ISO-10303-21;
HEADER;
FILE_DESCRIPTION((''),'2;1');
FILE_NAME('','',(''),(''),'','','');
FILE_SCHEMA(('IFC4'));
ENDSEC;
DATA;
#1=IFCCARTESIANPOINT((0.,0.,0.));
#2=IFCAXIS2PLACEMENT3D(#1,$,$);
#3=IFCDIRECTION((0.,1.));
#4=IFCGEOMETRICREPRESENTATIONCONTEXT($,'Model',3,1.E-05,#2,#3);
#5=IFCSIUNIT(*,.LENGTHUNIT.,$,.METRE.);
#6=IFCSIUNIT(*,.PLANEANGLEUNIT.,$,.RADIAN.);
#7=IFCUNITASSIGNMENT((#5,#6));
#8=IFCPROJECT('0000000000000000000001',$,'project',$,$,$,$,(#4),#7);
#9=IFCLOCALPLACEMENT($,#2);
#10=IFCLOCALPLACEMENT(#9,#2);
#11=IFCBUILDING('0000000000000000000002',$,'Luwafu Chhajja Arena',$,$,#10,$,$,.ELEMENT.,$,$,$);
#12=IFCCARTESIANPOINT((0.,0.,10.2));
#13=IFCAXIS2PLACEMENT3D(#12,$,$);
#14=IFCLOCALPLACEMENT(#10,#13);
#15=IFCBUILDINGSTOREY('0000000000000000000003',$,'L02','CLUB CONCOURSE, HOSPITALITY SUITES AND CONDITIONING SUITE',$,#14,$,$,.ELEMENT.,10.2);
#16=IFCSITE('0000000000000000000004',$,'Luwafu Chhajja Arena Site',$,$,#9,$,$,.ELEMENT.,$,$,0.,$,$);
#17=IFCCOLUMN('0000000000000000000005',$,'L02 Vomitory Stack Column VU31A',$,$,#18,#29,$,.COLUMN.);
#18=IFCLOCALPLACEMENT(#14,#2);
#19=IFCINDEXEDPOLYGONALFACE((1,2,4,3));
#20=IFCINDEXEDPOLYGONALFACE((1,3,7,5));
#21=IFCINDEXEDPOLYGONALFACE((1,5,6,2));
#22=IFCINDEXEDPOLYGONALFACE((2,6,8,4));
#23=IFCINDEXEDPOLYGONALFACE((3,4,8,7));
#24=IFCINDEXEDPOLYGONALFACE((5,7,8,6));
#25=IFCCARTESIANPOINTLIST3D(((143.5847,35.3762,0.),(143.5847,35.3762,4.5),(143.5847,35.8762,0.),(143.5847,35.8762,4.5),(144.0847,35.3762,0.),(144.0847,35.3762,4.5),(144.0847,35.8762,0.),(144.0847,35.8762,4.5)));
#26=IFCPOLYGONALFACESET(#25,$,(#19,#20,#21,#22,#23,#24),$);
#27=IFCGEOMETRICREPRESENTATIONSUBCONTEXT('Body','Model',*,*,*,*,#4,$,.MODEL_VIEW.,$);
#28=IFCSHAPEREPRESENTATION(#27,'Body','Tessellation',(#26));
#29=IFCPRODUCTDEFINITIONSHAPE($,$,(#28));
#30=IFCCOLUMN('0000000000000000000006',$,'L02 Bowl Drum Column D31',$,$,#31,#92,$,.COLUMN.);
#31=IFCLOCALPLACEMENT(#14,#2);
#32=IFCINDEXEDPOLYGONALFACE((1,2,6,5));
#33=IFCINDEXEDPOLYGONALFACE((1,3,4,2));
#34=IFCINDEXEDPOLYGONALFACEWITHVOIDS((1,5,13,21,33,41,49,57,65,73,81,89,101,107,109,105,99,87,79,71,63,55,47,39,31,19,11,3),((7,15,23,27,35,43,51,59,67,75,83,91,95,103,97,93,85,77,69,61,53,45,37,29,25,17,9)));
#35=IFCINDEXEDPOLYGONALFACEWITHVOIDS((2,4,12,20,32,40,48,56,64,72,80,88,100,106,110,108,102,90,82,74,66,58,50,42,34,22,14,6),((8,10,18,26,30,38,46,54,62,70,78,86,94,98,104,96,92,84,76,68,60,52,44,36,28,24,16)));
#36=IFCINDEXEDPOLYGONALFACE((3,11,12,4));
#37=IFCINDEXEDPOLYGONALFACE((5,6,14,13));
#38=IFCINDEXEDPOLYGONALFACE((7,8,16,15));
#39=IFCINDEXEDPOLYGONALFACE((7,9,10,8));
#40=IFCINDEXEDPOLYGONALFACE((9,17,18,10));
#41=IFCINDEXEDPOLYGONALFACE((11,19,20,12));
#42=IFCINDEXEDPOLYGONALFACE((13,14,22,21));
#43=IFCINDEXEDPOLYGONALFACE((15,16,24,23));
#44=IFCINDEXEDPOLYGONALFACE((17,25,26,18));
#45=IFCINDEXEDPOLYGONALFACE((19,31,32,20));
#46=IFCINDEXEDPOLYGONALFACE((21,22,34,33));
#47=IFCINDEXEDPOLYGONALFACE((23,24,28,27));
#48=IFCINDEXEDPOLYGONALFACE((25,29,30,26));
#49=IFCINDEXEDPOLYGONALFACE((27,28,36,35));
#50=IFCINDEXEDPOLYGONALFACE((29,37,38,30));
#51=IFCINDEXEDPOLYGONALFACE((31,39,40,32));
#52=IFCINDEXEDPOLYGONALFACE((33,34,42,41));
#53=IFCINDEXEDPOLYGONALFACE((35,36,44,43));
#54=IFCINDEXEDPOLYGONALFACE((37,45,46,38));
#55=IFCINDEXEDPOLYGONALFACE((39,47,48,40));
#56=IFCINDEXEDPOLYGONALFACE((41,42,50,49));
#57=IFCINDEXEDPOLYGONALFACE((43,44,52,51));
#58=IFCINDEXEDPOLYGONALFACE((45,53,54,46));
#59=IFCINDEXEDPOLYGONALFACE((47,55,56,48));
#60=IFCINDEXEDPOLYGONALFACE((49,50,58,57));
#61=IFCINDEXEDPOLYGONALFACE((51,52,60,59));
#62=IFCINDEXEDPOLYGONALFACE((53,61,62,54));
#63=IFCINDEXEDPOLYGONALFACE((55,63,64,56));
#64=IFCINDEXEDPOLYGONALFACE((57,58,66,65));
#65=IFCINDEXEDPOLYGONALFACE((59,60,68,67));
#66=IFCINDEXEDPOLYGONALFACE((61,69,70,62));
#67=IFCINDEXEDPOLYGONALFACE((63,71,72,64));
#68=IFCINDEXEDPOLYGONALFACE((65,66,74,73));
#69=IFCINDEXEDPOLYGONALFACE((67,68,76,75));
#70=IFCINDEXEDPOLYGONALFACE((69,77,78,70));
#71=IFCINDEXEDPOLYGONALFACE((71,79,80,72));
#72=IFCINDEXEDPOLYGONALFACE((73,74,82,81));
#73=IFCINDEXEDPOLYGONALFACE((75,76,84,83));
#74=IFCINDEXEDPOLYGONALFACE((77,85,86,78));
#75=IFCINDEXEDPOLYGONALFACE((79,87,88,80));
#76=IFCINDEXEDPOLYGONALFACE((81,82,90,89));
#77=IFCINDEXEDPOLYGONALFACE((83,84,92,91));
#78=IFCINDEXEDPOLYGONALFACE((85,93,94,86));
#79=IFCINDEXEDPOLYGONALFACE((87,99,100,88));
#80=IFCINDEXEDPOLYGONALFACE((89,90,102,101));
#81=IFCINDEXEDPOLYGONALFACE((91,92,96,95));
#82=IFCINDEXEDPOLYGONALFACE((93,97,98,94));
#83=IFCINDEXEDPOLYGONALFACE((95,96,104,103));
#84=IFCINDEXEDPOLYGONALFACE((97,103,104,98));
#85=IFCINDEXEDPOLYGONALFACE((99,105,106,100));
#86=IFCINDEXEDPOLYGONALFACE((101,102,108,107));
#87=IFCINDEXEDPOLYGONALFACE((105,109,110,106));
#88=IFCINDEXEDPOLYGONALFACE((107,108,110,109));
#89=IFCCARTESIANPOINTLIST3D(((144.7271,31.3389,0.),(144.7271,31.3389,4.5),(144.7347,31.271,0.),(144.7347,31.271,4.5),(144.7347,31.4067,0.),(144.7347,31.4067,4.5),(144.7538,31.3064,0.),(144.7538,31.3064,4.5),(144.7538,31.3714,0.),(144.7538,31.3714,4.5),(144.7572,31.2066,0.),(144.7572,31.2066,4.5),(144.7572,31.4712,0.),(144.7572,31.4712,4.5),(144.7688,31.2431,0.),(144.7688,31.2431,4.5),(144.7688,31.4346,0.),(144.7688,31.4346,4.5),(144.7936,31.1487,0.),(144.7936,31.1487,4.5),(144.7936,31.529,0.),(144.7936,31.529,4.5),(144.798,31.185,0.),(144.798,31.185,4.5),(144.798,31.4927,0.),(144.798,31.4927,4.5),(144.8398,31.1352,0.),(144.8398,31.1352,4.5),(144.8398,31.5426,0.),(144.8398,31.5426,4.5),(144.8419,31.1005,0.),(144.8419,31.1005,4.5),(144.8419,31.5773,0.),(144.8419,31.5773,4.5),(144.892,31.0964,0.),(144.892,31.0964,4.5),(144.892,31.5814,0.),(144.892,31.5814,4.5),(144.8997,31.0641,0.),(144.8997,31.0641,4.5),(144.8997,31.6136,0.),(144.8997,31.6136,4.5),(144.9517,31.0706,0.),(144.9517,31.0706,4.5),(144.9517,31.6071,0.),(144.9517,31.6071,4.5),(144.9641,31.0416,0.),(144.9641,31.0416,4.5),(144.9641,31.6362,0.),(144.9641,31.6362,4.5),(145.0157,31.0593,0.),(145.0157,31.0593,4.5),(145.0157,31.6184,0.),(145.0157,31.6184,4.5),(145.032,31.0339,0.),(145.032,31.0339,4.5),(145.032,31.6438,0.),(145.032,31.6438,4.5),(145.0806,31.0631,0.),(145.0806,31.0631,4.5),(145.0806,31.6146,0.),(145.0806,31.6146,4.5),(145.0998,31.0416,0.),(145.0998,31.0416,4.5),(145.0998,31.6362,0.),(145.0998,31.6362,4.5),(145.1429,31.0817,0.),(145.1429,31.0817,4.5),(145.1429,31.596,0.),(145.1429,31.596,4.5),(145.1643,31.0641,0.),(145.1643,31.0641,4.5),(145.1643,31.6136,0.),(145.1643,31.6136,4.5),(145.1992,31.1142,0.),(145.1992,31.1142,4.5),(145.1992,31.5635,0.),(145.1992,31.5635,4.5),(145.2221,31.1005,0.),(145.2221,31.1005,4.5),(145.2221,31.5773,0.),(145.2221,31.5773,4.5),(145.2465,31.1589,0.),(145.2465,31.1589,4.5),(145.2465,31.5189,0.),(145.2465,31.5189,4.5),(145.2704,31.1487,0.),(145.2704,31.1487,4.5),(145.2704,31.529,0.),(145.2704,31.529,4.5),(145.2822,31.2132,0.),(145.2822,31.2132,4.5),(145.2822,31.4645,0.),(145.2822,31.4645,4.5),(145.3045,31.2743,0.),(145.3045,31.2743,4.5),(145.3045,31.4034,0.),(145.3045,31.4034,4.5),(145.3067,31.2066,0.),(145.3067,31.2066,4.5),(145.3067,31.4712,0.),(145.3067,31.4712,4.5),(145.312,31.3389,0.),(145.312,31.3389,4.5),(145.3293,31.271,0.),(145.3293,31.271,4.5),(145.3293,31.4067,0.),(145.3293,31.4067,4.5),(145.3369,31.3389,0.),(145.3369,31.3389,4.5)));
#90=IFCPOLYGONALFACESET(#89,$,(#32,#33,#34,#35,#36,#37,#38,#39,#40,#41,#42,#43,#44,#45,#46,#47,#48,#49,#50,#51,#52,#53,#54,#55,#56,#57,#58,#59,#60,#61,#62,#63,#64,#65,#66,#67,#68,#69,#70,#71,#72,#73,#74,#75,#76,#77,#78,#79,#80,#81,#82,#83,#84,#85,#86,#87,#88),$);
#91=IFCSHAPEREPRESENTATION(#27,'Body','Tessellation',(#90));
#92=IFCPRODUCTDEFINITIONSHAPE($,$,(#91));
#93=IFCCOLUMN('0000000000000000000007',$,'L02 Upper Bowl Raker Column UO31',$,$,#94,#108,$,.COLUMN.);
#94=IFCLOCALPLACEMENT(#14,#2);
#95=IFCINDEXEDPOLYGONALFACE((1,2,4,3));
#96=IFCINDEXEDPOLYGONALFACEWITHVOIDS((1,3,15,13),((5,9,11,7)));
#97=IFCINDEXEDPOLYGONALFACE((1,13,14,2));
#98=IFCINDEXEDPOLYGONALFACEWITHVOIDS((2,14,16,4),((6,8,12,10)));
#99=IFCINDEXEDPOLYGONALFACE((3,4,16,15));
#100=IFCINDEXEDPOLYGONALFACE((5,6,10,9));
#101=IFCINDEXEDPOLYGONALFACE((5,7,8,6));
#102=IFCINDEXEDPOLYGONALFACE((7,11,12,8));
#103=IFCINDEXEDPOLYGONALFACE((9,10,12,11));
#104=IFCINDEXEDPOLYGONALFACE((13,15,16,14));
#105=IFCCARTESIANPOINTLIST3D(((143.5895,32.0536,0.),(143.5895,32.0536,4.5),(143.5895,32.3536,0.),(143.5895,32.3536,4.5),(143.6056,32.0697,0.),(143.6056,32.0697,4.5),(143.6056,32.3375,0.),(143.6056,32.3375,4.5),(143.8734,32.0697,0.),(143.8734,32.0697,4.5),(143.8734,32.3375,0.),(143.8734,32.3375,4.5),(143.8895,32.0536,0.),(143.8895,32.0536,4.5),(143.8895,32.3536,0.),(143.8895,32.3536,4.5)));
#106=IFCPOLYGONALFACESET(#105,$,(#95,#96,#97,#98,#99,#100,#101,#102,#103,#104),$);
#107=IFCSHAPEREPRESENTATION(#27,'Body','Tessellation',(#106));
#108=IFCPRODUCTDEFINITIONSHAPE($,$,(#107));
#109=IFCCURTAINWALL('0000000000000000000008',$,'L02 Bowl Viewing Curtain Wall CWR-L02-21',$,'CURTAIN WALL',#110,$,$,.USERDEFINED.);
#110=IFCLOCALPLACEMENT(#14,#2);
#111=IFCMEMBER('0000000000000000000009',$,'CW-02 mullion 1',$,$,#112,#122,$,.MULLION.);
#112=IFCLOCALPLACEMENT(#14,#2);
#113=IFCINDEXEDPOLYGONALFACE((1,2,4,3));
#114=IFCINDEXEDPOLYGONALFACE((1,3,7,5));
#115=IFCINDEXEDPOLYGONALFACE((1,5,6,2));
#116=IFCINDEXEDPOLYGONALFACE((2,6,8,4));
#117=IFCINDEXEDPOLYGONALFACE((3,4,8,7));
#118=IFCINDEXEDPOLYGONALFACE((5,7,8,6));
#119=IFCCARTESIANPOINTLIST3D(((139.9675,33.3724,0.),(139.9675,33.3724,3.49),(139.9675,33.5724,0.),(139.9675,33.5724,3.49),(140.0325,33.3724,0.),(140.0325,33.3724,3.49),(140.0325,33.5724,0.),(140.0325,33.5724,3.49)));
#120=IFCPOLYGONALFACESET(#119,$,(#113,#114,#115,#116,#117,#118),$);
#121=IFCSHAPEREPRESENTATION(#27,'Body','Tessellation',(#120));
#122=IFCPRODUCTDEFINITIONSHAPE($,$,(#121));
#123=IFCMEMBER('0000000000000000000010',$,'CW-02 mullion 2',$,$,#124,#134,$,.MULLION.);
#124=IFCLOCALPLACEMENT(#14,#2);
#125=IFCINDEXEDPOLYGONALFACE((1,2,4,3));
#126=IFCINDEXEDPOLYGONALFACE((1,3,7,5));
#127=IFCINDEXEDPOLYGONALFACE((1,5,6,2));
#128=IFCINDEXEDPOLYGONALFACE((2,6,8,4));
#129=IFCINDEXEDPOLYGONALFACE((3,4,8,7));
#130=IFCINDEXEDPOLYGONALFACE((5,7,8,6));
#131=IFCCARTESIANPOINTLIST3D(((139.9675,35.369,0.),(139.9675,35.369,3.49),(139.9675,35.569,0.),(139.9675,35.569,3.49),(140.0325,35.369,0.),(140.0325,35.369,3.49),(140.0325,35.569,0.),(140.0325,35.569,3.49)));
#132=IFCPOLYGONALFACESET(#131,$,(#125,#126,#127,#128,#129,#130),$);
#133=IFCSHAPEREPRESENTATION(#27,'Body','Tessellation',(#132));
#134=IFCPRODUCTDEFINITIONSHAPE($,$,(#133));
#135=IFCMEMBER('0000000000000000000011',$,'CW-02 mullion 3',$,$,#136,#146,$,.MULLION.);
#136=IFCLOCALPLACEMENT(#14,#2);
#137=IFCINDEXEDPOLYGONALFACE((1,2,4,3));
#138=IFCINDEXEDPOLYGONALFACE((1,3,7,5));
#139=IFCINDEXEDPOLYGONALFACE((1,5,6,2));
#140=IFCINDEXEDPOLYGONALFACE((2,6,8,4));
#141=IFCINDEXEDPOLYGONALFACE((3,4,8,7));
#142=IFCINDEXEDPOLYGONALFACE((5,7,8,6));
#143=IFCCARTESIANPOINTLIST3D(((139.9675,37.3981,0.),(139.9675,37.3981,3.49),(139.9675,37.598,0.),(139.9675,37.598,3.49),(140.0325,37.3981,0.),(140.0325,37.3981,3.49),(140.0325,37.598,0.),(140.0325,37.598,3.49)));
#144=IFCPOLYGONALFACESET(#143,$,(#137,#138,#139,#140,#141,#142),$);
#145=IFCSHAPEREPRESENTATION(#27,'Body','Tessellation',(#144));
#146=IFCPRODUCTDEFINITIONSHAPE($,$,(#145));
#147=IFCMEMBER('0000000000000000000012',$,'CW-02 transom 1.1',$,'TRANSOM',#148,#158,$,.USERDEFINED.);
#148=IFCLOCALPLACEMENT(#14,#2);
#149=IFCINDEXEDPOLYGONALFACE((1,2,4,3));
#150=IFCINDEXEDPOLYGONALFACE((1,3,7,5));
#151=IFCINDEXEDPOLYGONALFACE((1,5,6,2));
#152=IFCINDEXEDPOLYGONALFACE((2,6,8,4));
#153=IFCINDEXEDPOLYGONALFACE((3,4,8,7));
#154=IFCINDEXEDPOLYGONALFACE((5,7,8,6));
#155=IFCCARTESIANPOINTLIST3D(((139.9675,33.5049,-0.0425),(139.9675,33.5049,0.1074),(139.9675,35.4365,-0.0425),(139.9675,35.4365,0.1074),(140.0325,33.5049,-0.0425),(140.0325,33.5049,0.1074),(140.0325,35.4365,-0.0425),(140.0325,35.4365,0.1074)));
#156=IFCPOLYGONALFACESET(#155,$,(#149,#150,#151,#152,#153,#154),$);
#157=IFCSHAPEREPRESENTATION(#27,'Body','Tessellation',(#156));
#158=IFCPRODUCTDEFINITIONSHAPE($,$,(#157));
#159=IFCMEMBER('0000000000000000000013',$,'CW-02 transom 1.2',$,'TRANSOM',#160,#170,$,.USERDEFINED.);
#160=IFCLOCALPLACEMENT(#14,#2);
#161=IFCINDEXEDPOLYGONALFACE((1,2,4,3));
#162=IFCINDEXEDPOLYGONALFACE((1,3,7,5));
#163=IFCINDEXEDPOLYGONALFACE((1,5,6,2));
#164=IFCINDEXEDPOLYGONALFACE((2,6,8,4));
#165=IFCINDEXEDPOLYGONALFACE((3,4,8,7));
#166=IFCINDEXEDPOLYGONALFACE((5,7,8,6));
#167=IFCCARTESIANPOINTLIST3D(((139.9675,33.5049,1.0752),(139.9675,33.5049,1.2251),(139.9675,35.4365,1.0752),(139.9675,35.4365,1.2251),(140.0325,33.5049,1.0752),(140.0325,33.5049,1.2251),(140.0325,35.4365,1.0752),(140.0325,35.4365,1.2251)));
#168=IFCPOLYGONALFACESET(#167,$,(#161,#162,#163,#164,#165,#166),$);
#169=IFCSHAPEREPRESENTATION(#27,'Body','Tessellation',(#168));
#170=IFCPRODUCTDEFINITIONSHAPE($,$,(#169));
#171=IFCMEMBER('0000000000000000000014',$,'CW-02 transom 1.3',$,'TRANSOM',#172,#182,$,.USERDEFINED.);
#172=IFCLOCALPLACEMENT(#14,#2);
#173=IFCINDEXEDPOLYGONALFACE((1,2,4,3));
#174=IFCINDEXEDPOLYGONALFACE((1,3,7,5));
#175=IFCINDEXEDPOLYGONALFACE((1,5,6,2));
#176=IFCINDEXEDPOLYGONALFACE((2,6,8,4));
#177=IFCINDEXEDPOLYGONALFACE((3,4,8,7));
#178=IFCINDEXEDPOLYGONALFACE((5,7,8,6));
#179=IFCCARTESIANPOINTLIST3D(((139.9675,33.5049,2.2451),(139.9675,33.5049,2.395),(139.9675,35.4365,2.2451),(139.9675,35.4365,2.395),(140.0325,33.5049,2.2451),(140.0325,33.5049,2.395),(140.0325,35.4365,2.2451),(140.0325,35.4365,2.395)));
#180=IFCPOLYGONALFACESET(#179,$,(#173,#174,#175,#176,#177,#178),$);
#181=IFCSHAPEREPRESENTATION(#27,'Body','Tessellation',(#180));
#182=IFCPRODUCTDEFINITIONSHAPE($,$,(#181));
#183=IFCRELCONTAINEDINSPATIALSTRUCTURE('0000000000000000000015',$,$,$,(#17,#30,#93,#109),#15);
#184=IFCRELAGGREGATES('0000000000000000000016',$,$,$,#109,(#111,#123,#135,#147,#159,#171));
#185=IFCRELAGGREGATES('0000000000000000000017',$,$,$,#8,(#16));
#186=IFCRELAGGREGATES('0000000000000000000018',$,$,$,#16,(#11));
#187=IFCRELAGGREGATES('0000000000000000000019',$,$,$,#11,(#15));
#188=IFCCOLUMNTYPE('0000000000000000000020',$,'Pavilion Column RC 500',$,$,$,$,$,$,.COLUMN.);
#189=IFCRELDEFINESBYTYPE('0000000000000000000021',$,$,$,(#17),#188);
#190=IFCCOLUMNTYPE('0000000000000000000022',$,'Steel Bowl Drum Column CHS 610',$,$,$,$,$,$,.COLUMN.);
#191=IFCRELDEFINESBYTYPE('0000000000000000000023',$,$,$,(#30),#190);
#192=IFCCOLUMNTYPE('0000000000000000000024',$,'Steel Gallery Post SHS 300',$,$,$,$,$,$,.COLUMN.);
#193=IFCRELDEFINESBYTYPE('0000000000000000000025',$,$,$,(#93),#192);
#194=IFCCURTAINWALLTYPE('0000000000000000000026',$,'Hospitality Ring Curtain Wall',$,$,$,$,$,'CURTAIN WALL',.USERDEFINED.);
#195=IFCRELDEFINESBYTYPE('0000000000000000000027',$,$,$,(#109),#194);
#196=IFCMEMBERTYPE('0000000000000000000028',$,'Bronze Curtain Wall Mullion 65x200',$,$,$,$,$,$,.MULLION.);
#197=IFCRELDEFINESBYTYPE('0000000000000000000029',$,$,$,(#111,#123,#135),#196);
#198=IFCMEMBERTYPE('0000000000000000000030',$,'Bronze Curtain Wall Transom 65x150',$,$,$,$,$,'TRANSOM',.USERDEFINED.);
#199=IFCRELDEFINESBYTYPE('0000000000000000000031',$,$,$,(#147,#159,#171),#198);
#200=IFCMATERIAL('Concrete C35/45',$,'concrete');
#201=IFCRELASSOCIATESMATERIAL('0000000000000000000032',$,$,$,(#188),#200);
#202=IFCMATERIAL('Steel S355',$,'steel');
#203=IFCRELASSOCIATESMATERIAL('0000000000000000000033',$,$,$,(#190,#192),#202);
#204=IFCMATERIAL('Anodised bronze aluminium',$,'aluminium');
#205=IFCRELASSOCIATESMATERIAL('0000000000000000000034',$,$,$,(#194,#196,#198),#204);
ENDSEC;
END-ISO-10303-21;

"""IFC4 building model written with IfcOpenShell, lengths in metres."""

from ifc_helpers import new_model, si_unit, direction, frame, origin, origin_2d, place, context, subcontext, project, spatial, rectangle, hollow_rectangle, hollow_circle, extrude, material, material_profile, profile_set, type_object, element, aggregate, save


model = new_model("IFC4")

# Units and contexts
model_context = context("Model", 3, precision=1e-05, world=origin(), true_north=direction((0.0, 1.0)))
body_context = subcontext(model_context, "Body", "Model", "MODEL_VIEW")
ifc_project = project(units=[si_unit("LENGTHUNIT", "METRE"), si_unit("PLANEANGLEUNIT", "RADIAN")], contexts=[model_context])

# Site, building, storey
site_placement = place(None, origin())
site = spatial("IfcSite", under=ifc_project, at=site_placement, Name="Luwafu Chhajja Arena Site", CompositionType="ELEMENT", RefElevation=0.0)
building_placement = place(site_placement, origin())
building = spatial("IfcBuilding", under=site, at=building_placement, Name="Luwafu Chhajja Arena", CompositionType="ELEMENT")
storey_placement = place(building_placement, frame((0.0, 0.0, 10.2)))
storey = spatial("IfcBuildingStorey", under=building, at=storey_placement, Name="L02", Description="CLUB CONCOURSE, HOSPITALITY SUITES AND CONDITIONING SUITE", CompositionType="ELEMENT", Elevation=10.2)

# Columns
ifc_material_1 = material(Name="Concrete C35/45", Category="concrete")
ifc_material_profile_1 = material_profile(ifc_material_1, rectangle(XDim=0.5, YDim=0.5, at=origin_2d()), Name="RC 500x500")
ifc_profile_set_1 = profile_set([ifc_material_profile_1], Name="Concrete C35/45")
column_type_1 = type_object("IfcColumnType", Name="Pavilion Column RC 500", PredefinedType="COLUMN", material=ifc_profile_set_1)
column_1_placement = place(storey_placement, frame((143.8347, 35.6262, 0.0), z_axis=(0.0, 0.0, 1.0), x_axis=(1.0, 0.0, 0.0)))
element("IfcColumn", 1, at=column_1_placement, inside=storey, type_object=column_type_1, Name="L02 Vomitory Stack Column VU31A", PredefinedType="COLUMN", context=body_context, shape_type="SweptSolid", body=[
    extrude(rectangle(XDim=0.5, YDim=0.5, at=origin_2d()), origin(), (0.0, 0.0, 1.0), 4.5),
])
ifc_material_2 = material(Name="Steel S355", Category="steel")
ifc_material_profile_2 = material_profile(ifc_material_2, hollow_circle(Radius=0.3049, WallThickness=0.0249, at=origin_2d()), Name="CHS 610x25")
ifc_profile_set_2 = profile_set([ifc_material_profile_2], Name="Steel S355")
column_type_2 = type_object("IfcColumnType", Name="Steel Bowl Drum Column CHS 610", PredefinedType="COLUMN", material=ifc_profile_set_2)
column_2_placement = place(storey_placement, frame((145.032, 31.3389, 0.0), z_axis=(0.0, 0.0, 1.0), x_axis=(1.0, 0.0, 0.0)))
element("IfcColumn", 2, at=column_2_placement, inside=storey, type_object=column_type_2, Name="L02 Bowl Drum Column D31", PredefinedType="COLUMN", context=body_context, shape_type="SweptSolid", body=[
    extrude(hollow_circle(Radius=0.3049, WallThickness=0.0249, at=origin_2d()), origin(), (0.0, 0.0, 1.0), 4.5),
])
ifc_material_profile_3 = material_profile(ifc_material_2, hollow_rectangle(XDim=0.3, YDim=0.3, WallThickness=0.0161, at=origin_2d()), Name="SHS 300x300x16")
ifc_profile_set_3 = profile_set([ifc_material_profile_3], Name="Steel S355")
column_type_3 = type_object("IfcColumnType", Name="Steel Gallery Post SHS 300", PredefinedType="COLUMN", material=ifc_profile_set_3)
column_3_placement = place(storey_placement, frame((143.7395, 32.2036, 0.0), z_axis=(0.0, 0.0, 1.0), x_axis=(1.0, 0.0, 0.0)))
element("IfcColumn", 3, at=column_3_placement, inside=storey, type_object=column_type_3, Name="L02 Upper Bowl Raker Column UO31", PredefinedType="COLUMN", context=body_context, shape_type="SweptSolid", body=[
    extrude(hollow_rectangle(XDim=0.3, YDim=0.3, WallThickness=0.0161, at=origin_2d()), origin(), (0.0, 0.0, 1.0), 4.5),
])

# Curtain wall, members
ifc_material_3 = material(Name="Anodised bronze aluminium", Category="aluminium")
curtain_wall_type = type_object("IfcCurtainWallType", Name="Hospitality Ring Curtain Wall", ElementType="CURTAIN WALL", PredefinedType="USERDEFINED", material=ifc_material_3)
curtain_wall_placement = place(storey_placement, origin())
curtain_wall = element("IfcCurtainWall", 4, at=curtain_wall_placement, inside=storey, type_object=curtain_wall_type, Name="L02 Bowl Viewing Curtain Wall CWR-L02-21", ObjectType="CURTAIN WALL", PredefinedType="USERDEFINED")
ifc_material_profile_4 = material_profile(ifc_material_3, rectangle(XDim=0.0649, YDim=0.2, at=origin_2d()), Name="CWM 65x200")
ifc_profile_set_4 = profile_set([ifc_material_profile_4], Name="Anodised bronze aluminium")
member_type_1 = type_object("IfcMemberType", Name="Bronze Curtain Wall Mullion 65x200", PredefinedType="MULLION", material=ifc_profile_set_4)
member_1_placement = place(storey_placement, frame((140.0, 33.4724, 0.0), z_axis=(0.0, 0.0, 1.0), x_axis=(-1.0, 0.0, 0.0)))
member_1 = element("IfcMember", 5, at=member_1_placement, type_object=member_type_1, Name="CW-02 mullion 1", PredefinedType="MULLION", context=body_context, shape_type="SweptSolid", body=[
    extrude(rectangle(XDim=0.0649, YDim=0.2, at=origin_2d()), origin(), (0.0, 0.0, 1.0), 3.49),
])
member_2_placement = place(storey_placement, frame((140.0, 35.469, 0.0), z_axis=(0.0, 0.0, 1.0), x_axis=(-1.0, 0.0, 0.0)))
member_2 = element("IfcMember", 6, at=member_2_placement, type_object=member_type_1, Name="CW-02 mullion 2", PredefinedType="MULLION", context=body_context, shape_type="SweptSolid", body=[
    extrude(rectangle(XDim=0.0649, YDim=0.2, at=origin_2d()), origin(), (0.0, 0.0, 1.0), 3.49),
])
member_3_placement = place(storey_placement, frame((140.0, 37.498, 0.0), z_axis=(0.0, 0.0, 1.0), x_axis=(-1.0, 0.0, 0.0)))
member_3 = element("IfcMember", 7, at=member_3_placement, type_object=member_type_1, Name="CW-02 mullion 3", PredefinedType="MULLION", context=body_context, shape_type="SweptSolid", body=[
    extrude(rectangle(XDim=0.0649, YDim=0.2, at=origin_2d()), origin(), (0.0, 0.0, 1.0), 3.49),
])
ifc_material_profile_5 = material_profile(ifc_material_3, rectangle(XDim=0.0649, YDim=0.1499, at=origin_2d()), Name="CWT 65x150")
ifc_profile_set_5 = profile_set([ifc_material_profile_5], Name="Anodised bronze aluminium")
member_type_2 = type_object("IfcMemberType", Name="Bronze Curtain Wall Transom 65x150", ElementType="TRANSOM", PredefinedType="USERDEFINED", material=ifc_profile_set_5)
member_4_placement = place(storey_placement, frame((140.0, 33.5049, 0.0325), z_axis=(0.0, 1.0, 0.0), x_axis=(-1.0, 0.0, 0.0)))
member_4 = element("IfcMember", 8, at=member_4_placement, type_object=member_type_2, Name="CW-02 transom 1.1", ObjectType="TRANSOM", PredefinedType="USERDEFINED", context=body_context, shape_type="SweptSolid", body=[
    extrude(rectangle(XDim=0.0649, YDim=0.1499, at=origin_2d()), origin(), (0.0, 0.0, 1.0), 1.9316),
])
member_5_placement = place(storey_placement, frame((140.0, 33.5049, 1.1501), z_axis=(0.0, 1.0, 0.0), x_axis=(-1.0, 0.0, 0.0)))
member_5 = element("IfcMember", 9, at=member_5_placement, type_object=member_type_2, Name="CW-02 transom 1.2", ObjectType="TRANSOM", PredefinedType="USERDEFINED", context=body_context, shape_type="SweptSolid", body=[
    extrude(rectangle(XDim=0.0649, YDim=0.1499, at=origin_2d()), origin(), (0.0, 0.0, 1.0), 1.9316),
])
member_6_placement = place(storey_placement, frame((140.0, 33.5049, 2.3201), z_axis=(0.0, 1.0, 0.0), x_axis=(-1.0, 0.0, 0.0)))
member_6 = element("IfcMember", 10, at=member_6_placement, type_object=member_type_2, Name="CW-02 transom 1.3", ObjectType="TRANSOM", PredefinedType="USERDEFINED", context=body_context, shape_type="SweptSolid", body=[
    extrude(rectangle(XDim=0.0649, YDim=0.1499, at=origin_2d()), origin(), (0.0, 0.0, 1.0), 1.9316),
])

aggregate(curtain_wall, [member_1, member_2, member_3, member_4, member_5, member_6])

save(model, "model.ifc")
